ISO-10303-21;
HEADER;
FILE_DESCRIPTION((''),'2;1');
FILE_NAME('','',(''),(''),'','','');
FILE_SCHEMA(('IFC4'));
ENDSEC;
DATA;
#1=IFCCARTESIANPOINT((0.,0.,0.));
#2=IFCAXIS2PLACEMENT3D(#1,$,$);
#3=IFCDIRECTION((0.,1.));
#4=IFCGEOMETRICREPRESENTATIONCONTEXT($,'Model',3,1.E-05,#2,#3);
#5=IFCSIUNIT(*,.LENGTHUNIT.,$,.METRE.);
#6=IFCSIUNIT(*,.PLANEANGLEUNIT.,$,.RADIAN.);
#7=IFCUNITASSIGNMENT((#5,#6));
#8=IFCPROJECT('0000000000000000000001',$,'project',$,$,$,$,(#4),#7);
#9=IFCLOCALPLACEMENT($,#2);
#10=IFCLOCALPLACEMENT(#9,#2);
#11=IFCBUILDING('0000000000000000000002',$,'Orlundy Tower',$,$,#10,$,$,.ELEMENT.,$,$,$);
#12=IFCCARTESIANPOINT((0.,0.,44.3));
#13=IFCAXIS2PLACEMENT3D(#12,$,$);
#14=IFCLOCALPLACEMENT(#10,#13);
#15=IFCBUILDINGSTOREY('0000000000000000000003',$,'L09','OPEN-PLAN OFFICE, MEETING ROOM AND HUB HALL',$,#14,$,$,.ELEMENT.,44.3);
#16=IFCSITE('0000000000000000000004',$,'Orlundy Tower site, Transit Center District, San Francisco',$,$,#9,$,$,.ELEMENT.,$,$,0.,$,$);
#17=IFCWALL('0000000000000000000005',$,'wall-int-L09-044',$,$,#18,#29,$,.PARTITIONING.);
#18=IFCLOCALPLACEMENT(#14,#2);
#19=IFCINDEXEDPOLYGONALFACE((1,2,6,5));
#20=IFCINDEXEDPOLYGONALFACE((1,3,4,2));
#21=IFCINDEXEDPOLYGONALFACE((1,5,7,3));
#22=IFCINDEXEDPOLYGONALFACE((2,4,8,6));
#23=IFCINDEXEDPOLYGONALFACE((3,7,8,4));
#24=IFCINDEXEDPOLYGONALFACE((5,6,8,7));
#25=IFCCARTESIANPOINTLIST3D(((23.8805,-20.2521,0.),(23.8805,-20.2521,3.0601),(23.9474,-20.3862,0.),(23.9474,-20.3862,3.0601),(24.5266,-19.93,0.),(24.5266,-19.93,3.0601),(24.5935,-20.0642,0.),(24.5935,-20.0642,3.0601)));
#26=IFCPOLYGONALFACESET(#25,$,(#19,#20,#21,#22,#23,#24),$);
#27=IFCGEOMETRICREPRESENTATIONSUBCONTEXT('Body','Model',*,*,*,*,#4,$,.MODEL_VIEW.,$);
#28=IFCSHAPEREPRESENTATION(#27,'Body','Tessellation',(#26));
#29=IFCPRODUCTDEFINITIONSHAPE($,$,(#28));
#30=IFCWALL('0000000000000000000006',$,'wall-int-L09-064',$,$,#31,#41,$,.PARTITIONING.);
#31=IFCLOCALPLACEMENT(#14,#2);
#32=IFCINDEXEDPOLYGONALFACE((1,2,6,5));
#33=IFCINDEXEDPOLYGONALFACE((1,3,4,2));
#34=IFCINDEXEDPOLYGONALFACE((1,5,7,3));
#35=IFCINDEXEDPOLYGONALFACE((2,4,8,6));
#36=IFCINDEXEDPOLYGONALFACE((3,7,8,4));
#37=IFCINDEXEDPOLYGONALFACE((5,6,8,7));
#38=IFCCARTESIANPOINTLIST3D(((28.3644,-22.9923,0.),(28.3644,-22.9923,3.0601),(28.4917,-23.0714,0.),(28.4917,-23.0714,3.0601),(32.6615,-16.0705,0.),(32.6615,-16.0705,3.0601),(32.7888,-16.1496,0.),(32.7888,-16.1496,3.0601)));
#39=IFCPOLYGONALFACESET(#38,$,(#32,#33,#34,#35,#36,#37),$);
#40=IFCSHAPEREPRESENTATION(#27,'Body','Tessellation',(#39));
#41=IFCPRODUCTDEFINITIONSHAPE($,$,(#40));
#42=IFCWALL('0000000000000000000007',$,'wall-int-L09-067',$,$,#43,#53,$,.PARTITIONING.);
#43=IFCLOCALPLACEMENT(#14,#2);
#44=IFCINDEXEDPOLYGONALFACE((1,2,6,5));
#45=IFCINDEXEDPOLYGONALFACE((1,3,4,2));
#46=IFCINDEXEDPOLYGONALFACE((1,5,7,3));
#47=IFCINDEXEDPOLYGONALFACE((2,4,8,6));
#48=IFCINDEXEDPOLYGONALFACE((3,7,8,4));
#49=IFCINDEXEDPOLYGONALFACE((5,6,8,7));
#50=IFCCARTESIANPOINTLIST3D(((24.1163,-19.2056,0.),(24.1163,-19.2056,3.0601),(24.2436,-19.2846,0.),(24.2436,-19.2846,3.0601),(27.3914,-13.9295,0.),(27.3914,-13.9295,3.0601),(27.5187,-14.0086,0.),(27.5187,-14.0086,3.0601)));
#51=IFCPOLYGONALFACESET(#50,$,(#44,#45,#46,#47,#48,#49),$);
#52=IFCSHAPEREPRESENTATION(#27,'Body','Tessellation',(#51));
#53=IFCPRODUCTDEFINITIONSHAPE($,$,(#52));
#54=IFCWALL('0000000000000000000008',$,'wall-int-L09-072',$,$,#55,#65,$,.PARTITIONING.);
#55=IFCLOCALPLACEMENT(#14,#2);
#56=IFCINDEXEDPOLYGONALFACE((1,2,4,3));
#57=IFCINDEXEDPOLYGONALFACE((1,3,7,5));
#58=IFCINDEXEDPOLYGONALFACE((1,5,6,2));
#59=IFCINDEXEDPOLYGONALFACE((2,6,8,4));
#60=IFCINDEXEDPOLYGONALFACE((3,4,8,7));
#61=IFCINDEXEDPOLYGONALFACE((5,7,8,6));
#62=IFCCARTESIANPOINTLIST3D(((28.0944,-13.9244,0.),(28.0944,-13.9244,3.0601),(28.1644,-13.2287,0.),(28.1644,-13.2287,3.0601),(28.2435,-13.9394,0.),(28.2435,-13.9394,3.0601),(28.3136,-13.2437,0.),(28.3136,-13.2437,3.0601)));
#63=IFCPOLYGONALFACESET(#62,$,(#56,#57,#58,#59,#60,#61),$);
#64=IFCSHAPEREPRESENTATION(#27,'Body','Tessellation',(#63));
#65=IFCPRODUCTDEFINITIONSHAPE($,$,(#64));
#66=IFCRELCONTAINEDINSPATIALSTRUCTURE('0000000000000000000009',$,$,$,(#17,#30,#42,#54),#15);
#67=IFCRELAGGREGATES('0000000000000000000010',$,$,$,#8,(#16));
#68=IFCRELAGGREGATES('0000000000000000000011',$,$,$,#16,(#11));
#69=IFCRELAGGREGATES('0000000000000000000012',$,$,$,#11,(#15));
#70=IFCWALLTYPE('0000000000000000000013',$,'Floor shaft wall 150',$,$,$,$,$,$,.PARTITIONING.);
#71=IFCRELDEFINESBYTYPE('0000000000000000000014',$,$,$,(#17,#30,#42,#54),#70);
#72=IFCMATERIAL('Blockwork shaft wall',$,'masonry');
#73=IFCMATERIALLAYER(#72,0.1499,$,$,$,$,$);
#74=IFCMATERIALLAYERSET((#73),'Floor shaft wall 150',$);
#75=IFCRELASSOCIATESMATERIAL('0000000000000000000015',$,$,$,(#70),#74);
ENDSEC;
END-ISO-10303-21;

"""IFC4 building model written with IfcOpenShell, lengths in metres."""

from ifc_helpers import new_model, si_unit, direction, frame, frame_2d, origin, place, context, subcontext, project, spatial, rectangle, extrude, material, layer, layer_set, type_object, element, save


model = new_model("IFC4")

# Units and contexts
model_context = context("Model", 3, precision=1e-05, world=origin(), true_north=direction((0.0, 1.0)))
body_context = subcontext(model_context, "Body", "Model", "MODEL_VIEW")
ifc_project = project(units=[si_unit("LENGTHUNIT", "METRE"), si_unit("PLANEANGLEUNIT", "RADIAN")], contexts=[model_context])

# Site, building, storey
site_placement = place(None, origin())
site = spatial("IfcSite", under=ifc_project, at=site_placement, Name="Orlundy Tower site, Transit Center District, San Francisco", CompositionType="ELEMENT", RefElevation=0.0)
building_placement = place(site_placement, origin())
building = spatial("IfcBuilding", under=site, at=building_placement, Name="Orlundy Tower", CompositionType="ELEMENT")
storey_placement = place(building_placement, frame((0.0, 0.0, 44.3)))
storey = spatial("IfcBuildingStorey", under=building, at=storey_placement, Name="L09", Description="OPEN-PLAN OFFICE, MEETING ROOM AND HUB HALL", CompositionType="ELEMENT", Elevation=44.3)

# Shared definitions
ifc_material_1 = material(Name="Blockwork shaft wall", Category="masonry")
ifc_layer_1 = layer(ifc_material_1, 0.1499)
ifc_layer_set_1 = layer_set([ifc_layer_1], Name="Floor shaft wall 150")
wall_type_1 = type_object("IfcWallType", Name="Floor shaft wall 150", PredefinedType="PARTITIONING", material=ifc_layer_set_1)

# Walls
wall_1_placement = place(storey_placement, frame((23.9141, -20.3191, 0.0), z_axis=(0.0, 0.0, 1.0), x_axis=(0.894968, 0.446131, 0.0)))
element("IfcWall", 1, at=wall_1_placement, inside=storey, type_object=wall_type_1, Name="wall-int-L09-044", PredefinedType="PARTITIONING", context=body_context, shape_type="SweptSolid", body=[
    extrude(rectangle(XDim=0.7219, YDim=0.1499, at=frame_2d((0.3608, 0.0))), origin(), (0.0, 0.0, 1.0), 3.0601),
])
wall_2_placement = place(storey_placement, frame((28.428, -23.032, 0.0), z_axis=(0.0, 0.0, 1.0), x_axis=(0.527432, 0.849597, 0.0)))
element("IfcWall", 2, at=wall_2_placement, inside=storey, type_object=wall_type_1, Name="wall-int-L09-064", PredefinedType="PARTITIONING", context=body_context, shape_type="SweptSolid", body=[
    extrude(rectangle(XDim=8.1472, YDim=0.1499, at=frame_2d((4.0737, 0.0))), origin(), (0.0, 0.0, 1.0), 3.0601),
])
wall_3_placement = place(storey_placement, frame((24.1799, -19.2451, 0.0), z_axis=(0.0, 0.0, 1.0), x_axis=(0.527399, 0.849618, 0.0)))
element("IfcWall", 3, at=wall_3_placement, inside=storey, type_object=wall_type_1, Name="wall-int-L09-067", PredefinedType="PARTITIONING", context=body_context, shape_type="SweptSolid", body=[
    extrude(rectangle(XDim=6.21, YDim=0.1499, at=frame_2d((3.105, 0.0))), origin(), (0.0, 0.0, 1.0), 3.0601),
])
wall_4_placement = place(storey_placement, frame((28.1689, -13.9319, 0.0), z_axis=(0.0, 0.0, 1.0), x_axis=(0.100195, 0.994968, 0.0)))
element("IfcWall", 4, at=wall_4_placement, inside=storey, type_object=wall_type_1, Name="wall-int-L09-072", PredefinedType="PARTITIONING", context=body_context, shape_type="SweptSolid", body=[
    extrude(rectangle(XDim=0.6992, YDim=0.1499, at=frame_2d((0.3496, 0.0))), origin(), (0.0, 0.0, 1.0), 3.0601),
])

save(model, "model.ifc")
